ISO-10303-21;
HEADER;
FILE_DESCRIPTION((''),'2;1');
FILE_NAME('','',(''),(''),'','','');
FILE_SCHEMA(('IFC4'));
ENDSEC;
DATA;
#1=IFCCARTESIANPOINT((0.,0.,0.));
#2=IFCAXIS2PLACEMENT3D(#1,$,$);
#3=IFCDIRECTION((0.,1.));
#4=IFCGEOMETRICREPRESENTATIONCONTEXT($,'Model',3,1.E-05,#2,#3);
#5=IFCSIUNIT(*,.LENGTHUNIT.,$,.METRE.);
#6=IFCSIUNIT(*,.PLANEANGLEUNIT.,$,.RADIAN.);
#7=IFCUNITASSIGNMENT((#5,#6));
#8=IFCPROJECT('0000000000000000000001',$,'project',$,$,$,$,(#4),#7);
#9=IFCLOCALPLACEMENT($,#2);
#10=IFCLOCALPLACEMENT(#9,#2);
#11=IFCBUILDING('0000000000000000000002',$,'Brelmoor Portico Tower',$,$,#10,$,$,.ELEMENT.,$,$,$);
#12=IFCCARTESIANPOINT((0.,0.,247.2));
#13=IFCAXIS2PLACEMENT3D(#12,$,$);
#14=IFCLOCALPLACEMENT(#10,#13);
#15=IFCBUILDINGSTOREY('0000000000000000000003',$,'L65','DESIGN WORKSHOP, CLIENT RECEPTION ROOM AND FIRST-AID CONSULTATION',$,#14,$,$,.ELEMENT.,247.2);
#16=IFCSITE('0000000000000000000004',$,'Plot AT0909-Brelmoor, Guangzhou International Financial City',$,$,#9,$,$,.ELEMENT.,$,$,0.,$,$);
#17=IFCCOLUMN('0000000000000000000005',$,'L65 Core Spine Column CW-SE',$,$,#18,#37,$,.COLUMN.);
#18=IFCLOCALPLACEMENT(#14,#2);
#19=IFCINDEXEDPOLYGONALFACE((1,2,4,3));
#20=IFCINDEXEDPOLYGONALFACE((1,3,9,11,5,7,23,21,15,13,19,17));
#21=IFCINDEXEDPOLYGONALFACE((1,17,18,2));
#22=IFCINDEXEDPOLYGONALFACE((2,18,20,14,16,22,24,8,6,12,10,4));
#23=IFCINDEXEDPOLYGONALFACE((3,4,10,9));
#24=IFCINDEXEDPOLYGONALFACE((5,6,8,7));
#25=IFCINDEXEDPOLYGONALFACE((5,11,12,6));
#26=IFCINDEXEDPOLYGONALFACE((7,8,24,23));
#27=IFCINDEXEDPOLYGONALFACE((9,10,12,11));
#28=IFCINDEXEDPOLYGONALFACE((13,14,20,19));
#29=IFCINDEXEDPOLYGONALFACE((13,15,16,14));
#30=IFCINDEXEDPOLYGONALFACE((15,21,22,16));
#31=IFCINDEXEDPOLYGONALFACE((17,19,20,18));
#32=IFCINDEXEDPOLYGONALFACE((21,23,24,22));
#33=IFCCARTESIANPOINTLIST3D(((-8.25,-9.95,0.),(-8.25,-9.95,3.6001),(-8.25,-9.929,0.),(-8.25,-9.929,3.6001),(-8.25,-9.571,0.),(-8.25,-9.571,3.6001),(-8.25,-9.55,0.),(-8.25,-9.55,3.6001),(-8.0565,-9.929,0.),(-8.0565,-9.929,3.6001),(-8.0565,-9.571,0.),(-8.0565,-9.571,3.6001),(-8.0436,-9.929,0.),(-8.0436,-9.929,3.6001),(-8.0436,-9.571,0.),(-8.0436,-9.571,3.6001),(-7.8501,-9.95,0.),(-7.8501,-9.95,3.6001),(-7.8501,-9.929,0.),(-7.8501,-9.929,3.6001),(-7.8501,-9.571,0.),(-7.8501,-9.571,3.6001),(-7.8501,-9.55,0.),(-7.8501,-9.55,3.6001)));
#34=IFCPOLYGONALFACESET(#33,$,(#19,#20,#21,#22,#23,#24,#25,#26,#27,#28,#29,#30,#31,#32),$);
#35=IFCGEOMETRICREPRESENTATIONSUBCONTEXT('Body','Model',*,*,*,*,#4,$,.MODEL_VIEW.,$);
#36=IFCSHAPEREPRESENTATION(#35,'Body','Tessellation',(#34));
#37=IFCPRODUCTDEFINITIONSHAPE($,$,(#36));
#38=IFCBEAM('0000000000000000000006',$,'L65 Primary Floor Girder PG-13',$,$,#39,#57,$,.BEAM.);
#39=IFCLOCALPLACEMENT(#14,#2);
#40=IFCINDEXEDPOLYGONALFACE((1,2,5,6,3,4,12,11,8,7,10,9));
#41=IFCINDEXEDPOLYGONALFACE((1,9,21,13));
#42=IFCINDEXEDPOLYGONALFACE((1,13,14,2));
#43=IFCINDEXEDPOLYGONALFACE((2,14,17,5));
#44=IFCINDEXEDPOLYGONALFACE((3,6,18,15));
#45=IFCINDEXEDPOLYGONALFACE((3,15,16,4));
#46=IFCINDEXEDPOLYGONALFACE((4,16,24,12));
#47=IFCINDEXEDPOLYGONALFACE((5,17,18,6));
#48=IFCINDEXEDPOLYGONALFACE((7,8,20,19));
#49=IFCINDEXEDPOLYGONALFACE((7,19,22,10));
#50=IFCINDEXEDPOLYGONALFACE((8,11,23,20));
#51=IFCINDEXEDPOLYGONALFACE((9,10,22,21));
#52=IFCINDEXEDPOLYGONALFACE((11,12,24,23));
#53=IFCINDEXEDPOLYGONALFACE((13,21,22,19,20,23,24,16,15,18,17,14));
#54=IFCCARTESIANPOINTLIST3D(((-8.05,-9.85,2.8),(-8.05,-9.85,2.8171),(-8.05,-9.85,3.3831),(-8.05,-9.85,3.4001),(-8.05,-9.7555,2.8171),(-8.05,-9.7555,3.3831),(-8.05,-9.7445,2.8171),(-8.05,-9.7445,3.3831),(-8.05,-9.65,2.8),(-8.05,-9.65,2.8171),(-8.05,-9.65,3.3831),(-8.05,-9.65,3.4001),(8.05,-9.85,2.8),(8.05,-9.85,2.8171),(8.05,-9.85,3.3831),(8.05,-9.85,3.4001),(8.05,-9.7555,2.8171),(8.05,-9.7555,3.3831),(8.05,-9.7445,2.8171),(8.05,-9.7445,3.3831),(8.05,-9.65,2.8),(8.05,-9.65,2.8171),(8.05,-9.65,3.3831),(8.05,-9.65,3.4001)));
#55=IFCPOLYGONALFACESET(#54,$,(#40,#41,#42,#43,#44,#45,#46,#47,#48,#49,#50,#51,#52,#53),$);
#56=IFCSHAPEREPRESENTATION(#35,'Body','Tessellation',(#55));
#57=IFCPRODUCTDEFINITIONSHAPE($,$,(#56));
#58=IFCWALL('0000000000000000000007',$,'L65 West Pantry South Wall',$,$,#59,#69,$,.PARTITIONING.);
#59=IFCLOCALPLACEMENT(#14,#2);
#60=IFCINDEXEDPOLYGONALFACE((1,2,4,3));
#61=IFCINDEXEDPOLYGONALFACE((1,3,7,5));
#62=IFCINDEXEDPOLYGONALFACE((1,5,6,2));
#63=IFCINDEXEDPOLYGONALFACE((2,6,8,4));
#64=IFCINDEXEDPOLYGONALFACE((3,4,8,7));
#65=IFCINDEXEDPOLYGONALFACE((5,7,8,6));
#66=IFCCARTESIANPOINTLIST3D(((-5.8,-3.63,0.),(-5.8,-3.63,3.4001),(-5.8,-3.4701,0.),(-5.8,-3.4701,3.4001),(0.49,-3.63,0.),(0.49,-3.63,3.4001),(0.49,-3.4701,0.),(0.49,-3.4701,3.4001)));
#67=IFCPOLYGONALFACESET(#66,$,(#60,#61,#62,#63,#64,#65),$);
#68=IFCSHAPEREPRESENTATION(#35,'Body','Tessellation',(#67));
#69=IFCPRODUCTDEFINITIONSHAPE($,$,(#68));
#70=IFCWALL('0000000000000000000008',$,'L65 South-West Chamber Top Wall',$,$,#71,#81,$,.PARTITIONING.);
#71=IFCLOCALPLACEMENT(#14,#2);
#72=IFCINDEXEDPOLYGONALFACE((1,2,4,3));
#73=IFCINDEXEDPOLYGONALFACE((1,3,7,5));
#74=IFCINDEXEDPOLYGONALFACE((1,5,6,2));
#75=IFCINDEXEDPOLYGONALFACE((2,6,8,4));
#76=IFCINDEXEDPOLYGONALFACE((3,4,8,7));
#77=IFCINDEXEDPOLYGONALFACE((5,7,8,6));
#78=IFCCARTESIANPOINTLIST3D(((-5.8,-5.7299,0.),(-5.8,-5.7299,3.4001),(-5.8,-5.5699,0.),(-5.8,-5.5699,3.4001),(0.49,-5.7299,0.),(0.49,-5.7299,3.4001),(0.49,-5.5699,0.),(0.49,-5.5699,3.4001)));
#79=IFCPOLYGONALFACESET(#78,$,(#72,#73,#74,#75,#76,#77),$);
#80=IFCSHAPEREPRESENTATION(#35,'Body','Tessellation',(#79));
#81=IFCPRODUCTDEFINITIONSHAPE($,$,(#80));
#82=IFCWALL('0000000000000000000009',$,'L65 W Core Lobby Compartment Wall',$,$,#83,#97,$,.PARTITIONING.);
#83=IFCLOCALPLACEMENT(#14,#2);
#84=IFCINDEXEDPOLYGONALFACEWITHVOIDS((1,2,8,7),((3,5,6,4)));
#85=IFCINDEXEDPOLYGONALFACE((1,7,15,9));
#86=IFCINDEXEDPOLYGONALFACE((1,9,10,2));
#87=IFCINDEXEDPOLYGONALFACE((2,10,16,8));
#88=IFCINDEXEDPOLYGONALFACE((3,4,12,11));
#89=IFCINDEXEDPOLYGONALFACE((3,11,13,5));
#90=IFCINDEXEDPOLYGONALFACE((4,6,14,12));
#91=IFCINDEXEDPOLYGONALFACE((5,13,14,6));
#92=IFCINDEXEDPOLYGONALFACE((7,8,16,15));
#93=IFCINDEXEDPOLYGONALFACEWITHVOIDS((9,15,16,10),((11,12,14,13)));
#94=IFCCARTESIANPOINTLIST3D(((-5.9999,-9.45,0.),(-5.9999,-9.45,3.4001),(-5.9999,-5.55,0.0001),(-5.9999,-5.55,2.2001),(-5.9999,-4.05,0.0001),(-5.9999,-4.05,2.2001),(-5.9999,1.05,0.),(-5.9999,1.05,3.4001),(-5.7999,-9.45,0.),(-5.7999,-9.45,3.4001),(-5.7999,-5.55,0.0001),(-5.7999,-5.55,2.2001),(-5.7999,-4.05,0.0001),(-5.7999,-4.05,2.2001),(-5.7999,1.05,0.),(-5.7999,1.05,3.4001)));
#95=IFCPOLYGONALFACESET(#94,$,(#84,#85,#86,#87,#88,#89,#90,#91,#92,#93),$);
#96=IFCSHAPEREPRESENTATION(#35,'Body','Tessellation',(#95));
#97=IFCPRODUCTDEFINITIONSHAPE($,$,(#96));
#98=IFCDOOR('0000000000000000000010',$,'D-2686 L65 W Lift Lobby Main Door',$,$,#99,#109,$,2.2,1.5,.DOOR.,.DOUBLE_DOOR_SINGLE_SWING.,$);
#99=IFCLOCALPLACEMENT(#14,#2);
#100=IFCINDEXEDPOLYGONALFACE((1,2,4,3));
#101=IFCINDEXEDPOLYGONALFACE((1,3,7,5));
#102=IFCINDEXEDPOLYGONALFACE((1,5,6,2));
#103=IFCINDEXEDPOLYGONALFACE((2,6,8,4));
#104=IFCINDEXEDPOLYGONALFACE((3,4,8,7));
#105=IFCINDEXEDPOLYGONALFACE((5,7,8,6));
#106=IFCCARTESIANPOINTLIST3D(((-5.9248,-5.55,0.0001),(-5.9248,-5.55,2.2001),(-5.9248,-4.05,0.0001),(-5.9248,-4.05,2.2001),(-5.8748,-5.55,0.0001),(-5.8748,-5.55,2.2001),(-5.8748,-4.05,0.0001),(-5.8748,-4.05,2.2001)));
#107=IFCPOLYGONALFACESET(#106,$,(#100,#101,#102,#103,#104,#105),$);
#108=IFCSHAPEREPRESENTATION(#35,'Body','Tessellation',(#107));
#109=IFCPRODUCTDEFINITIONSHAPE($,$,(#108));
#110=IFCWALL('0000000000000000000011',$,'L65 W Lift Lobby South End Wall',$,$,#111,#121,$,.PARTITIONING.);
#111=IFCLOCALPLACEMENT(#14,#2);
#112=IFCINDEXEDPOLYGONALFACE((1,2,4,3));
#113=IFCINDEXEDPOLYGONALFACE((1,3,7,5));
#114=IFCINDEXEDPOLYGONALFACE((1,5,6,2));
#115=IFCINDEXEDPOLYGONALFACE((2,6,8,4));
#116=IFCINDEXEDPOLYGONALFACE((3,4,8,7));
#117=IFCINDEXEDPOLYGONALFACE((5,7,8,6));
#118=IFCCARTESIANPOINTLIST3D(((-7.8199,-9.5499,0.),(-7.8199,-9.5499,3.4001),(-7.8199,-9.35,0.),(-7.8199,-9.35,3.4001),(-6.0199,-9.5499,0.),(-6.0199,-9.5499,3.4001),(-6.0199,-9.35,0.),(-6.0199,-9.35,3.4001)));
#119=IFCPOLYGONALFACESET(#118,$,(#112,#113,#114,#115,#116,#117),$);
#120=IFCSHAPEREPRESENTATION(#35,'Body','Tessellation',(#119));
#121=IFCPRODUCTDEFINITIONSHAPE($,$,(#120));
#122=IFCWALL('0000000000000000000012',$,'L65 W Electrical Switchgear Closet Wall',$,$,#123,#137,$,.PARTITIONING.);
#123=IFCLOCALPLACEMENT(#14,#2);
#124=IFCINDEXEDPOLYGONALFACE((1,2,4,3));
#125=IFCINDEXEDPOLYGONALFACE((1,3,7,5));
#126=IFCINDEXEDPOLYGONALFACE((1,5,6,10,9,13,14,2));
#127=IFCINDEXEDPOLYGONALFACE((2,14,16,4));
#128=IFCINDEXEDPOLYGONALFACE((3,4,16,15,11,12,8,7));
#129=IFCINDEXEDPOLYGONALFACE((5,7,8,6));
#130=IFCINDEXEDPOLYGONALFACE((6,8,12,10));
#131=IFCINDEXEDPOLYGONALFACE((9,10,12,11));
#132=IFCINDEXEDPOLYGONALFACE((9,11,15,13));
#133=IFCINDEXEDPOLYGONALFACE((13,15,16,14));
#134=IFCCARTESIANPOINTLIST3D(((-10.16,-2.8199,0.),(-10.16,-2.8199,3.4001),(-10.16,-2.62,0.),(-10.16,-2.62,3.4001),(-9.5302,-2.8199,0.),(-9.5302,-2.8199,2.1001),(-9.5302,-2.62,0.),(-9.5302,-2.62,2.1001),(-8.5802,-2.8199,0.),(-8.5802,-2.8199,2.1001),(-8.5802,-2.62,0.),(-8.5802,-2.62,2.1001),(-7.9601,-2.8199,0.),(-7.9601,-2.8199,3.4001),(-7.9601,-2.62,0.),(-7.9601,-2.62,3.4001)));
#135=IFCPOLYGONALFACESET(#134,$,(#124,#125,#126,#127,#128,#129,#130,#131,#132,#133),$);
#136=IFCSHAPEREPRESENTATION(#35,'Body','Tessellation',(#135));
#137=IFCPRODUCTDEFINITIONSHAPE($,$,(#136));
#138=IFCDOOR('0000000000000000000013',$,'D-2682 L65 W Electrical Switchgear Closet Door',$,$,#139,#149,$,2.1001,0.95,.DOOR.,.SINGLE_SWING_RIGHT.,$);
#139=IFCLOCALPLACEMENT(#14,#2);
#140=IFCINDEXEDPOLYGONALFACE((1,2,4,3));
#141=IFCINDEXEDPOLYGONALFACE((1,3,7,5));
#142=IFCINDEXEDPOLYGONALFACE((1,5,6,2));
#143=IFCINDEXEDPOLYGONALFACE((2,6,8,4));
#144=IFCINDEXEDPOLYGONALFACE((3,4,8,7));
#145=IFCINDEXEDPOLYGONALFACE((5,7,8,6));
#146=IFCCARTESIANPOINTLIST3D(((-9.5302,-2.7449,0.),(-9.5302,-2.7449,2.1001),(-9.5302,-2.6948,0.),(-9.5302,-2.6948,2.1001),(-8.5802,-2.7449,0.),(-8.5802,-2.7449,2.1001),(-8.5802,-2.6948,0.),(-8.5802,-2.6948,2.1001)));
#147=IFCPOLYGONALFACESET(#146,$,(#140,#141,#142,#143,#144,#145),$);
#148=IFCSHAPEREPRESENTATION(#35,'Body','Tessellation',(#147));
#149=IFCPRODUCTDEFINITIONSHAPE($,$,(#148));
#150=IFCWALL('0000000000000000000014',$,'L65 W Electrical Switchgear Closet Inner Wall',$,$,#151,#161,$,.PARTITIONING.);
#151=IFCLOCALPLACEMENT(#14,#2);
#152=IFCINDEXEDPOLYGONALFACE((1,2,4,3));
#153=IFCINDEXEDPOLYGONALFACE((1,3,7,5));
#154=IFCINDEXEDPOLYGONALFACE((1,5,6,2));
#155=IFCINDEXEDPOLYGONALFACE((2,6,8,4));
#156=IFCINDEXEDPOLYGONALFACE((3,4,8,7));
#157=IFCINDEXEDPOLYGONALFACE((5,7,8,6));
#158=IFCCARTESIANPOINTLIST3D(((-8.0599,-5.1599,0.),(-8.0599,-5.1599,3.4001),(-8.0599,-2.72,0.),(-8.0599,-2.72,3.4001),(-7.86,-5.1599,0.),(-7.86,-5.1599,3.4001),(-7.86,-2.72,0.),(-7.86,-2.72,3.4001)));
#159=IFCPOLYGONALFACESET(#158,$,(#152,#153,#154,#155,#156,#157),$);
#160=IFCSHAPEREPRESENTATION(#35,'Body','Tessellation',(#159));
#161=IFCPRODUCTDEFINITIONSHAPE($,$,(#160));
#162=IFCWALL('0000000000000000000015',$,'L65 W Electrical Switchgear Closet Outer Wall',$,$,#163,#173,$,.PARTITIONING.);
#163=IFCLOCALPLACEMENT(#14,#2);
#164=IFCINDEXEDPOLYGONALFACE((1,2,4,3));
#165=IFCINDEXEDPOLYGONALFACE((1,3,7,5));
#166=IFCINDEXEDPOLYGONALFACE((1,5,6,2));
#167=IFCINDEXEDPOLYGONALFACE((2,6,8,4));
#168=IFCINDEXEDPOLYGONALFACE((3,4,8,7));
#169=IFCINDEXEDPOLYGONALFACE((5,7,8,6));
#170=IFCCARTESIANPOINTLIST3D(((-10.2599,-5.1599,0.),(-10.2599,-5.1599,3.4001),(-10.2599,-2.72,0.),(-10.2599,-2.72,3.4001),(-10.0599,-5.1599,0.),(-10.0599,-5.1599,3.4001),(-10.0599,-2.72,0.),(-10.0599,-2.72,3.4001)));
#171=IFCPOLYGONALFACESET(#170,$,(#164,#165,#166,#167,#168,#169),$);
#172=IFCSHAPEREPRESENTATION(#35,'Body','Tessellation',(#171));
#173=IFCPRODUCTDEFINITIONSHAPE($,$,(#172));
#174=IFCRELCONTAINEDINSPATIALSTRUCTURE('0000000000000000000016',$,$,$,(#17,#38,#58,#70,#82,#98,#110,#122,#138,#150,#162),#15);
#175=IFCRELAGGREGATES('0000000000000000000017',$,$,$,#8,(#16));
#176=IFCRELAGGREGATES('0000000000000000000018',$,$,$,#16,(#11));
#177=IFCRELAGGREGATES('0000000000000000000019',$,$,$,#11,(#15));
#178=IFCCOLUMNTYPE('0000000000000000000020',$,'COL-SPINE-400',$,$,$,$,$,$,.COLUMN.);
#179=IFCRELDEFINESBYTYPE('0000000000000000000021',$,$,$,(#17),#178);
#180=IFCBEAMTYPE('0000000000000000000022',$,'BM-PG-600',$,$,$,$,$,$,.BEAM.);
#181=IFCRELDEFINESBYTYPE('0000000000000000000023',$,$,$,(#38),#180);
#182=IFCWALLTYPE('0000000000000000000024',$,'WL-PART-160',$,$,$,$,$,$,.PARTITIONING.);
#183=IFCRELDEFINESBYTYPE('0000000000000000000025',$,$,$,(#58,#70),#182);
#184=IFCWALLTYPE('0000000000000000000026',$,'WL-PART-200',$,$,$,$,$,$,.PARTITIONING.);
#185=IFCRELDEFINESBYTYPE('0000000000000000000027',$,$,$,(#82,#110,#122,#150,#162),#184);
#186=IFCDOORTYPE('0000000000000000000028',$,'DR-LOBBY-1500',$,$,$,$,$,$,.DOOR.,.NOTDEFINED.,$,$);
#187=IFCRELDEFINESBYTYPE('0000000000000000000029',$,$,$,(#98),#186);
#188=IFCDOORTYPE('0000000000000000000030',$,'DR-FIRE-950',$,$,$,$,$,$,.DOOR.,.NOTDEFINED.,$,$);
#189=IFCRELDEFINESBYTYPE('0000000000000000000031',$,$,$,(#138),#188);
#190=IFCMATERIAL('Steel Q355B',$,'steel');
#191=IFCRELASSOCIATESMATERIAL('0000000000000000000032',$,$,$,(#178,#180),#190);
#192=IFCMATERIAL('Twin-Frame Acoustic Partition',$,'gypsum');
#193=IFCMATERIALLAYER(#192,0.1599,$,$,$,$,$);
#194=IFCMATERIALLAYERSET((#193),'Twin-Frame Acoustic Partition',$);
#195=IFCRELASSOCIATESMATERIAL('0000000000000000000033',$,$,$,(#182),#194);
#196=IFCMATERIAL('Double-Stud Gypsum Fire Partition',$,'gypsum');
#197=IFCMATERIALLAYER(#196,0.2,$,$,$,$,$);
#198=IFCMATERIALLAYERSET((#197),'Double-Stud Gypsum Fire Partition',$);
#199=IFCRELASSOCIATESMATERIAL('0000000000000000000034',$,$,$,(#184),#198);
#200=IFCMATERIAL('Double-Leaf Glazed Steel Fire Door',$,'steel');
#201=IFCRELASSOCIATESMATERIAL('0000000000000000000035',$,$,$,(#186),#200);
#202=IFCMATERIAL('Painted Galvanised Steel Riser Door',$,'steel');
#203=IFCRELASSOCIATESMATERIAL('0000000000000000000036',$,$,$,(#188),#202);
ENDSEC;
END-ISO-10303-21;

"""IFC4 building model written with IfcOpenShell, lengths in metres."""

from ifc_helpers import new_model, si_unit, direction, frame, frame_2d, origin, origin_2d, place, context, subcontext, project, spatial, rectangle, i_section, extrude, material, layer, layer_set, material_profile, profile_set, type_object, element, fill, save


model = new_model("IFC4")

# Units and contexts
model_context = context("Model", 3, precision=1e-05, world=origin(), true_north=direction((0.0, 1.0)))
body_context = subcontext(model_context, "Body", "Model", "MODEL_VIEW")
ifc_project = project(units=[si_unit("LENGTHUNIT", "METRE"), si_unit("PLANEANGLEUNIT", "RADIAN")], contexts=[model_context])

# Site, building, storey
site_placement = place(None, origin())
site = spatial("IfcSite", under=ifc_project, at=site_placement, Name="Plot AT0909-Brelmoor, Guangzhou International Financial City", CompositionType="ELEMENT", RefElevation=0.0)
building_placement = place(site_placement, origin())
building = spatial("IfcBuilding", under=site, at=building_placement, Name="Brelmoor Portico Tower", CompositionType="ELEMENT")
storey_placement = place(building_placement, frame((0.0, 0.0, 247.2)))
storey = spatial("IfcBuildingStorey", under=building, at=storey_placement, Name="L65", Description="DESIGN WORKSHOP, CLIENT RECEPTION ROOM AND FIRST-AID CONSULTATION", CompositionType="ELEMENT", Elevation=247.2)

# Column
ifc_material_1 = material(Name="Steel Q355B", Category="steel")
ifc_material_profile_1 = material_profile(ifc_material_1, i_section(OverallWidth=0.3999, OverallDepth=0.3999, WebThickness=0.0129, FlangeThickness=0.021, at=origin_2d()), Name="HW 400x400x13x21")
ifc_profile_set_1 = profile_set([ifc_material_profile_1], Name="Steel Q355B")
column_type = type_object("IfcColumnType", Name="COL-SPINE-400", PredefinedType="COLUMN", material=ifc_profile_set_1)
column_placement = place(storey_placement, frame((-8.05, -9.75, 0.0), z_axis=(0.0, 0.0, 1.0), x_axis=(1.0, 0.0, 0.0)))
element("IfcColumn", 1, at=column_placement, inside=storey, type_object=column_type, Name="L65 Core Spine Column CW-SE", PredefinedType="COLUMN", context=body_context, shape_type="SweptSolid", body=[
    extrude(i_section(OverallWidth=0.3999, OverallDepth=0.3999, WebThickness=0.0129, FlangeThickness=0.021, at=origin_2d()), origin(), (0.0, 0.0, 1.0), 3.6001),
])

# Beam
ifc_material_profile_2 = material_profile(ifc_material_1, i_section(OverallWidth=0.2, OverallDepth=0.6001, WebThickness=0.011, FlangeThickness=0.0171, at=origin_2d()), Name="HN 600x200x11x17")
ifc_profile_set_2 = profile_set([ifc_material_profile_2], Name="Steel Q355B")
beam_type = type_object("IfcBeamType", Name="BM-PG-600", PredefinedType="BEAM", material=ifc_profile_set_2)
beam_placement = place(storey_placement, frame((-8.05, -9.75, 3.1001), z_axis=(1.0, 0.0, 0.0), x_axis=(0.0, 1.0, 0.0)))
element("IfcBeam", 2, at=beam_placement, inside=storey, type_object=beam_type, Name="L65 Primary Floor Girder PG-13", PredefinedType="BEAM", context=body_context, shape_type="SweptSolid", body=[
    extrude(i_section(OverallWidth=0.2, OverallDepth=0.6001, WebThickness=0.011, FlangeThickness=0.0171, at=origin_2d()), origin(), (0.0, 0.0, 1.0), 16.1001),
])

# Shared definitions
ifc_material_2 = material(Name="Twin-Frame Acoustic Partition", Category="gypsum")
ifc_layer_1 = layer(ifc_material_2, 0.1599)
ifc_layer_set_1 = layer_set([ifc_layer_1], Name="Twin-Frame Acoustic Partition")
wall_type_1 = type_object("IfcWallType", Name="WL-PART-160", PredefinedType="PARTITIONING", material=ifc_layer_set_1)

# Walls
for number, where, z_axis, x_axis, name in (
    (3, (-5.8, -3.55, 0.0), (0.0, 0.0, 1.0), (1.0, 0.0, 0.0), "L65 West Pantry South Wall"),
    (4, (-5.8, -5.6499, 0.0), (0.0, 0.0, 1.0), (1.0, 0.0, 0.0), "L65 South-West Chamber Top Wall"),
):
    element("IfcWall", number, at=place(storey_placement, frame(where, z_axis=z_axis, x_axis=x_axis)), inside=storey, type_object=wall_type_1, Name=name, PredefinedType="PARTITIONING", context=body_context, shape_type="SweptSolid", body=[
        extrude(rectangle(XDim=6.29, YDim=0.1599, at=frame_2d((3.145, 0.0))), origin(), (0.0, 0.0, 1.0), 3.4001),
    ])

# Wall, opening, door
ifc_material_3 = material(Name="Double-Stud Gypsum Fire Partition", Category="gypsum")
ifc_layer_2 = layer(ifc_material_3, 0.2)
ifc_layer_set_2 = layer_set([ifc_layer_2], Name="Double-Stud Gypsum Fire Partition")
wall_type_2 = type_object("IfcWallType", Name="WL-PART-200", PredefinedType="PARTITIONING", material=ifc_layer_set_2)
wall_1_placement = place(storey_placement, frame((-5.8999, -9.45, 0.0), z_axis=(0.0, 0.0, 1.0), x_axis=(0.0, 1.0, 0.0)))
wall_1 = element("IfcWall", 5, at=wall_1_placement, inside=storey, type_object=wall_type_2, Name="L65 W Core Lobby Compartment Wall", PredefinedType="PARTITIONING", context=body_context, shape_type="SweptSolid", body=[
    extrude(rectangle(XDim=10.5, YDim=0.2, at=frame_2d((5.25, 0.0))), origin(), (0.0, 0.0, 1.0), 3.4001),
])
opening_1_placement = place(wall_1_placement, frame((3.8999, 0.0, 0.0)))
opening_1 = element("IfcOpeningElement", 6, at=opening_1_placement, cuts=wall_1, PredefinedType="OPENING", context=body_context, shape_type="SweptSolid", body=[
    extrude(rectangle(XDim=1.5, YDim=2.2, at=frame_2d((0.75, 1.1001))), frame((0.0, 0.1099, 0.0), z_axis=(0.0, -1.0, 0.0), x_axis=(1.0, 0.0, 0.0)), (0.0, 0.0, 1.0), 0.22),
])
ifc_material_4 = material(Name="Double-Leaf Glazed Steel Fire Door", Category="steel")
door_type_1 = type_object("IfcDoorType", Name="DR-LOBBY-1500", OperationType="NOTDEFINED", PredefinedType="DOOR", material=ifc_material_4)
door_1_placement = place(opening_1_placement, origin())
door_1 = element("IfcDoor", 7, at=door_1_placement, inside=storey, type_object=door_type_1, Name="D-2686 L65 W Lift Lobby Main Door", OperationType="DOUBLE_DOOR_SINGLE_SWING", OverallHeight=2.2, OverallWidth=1.5, PredefinedType="DOOR", context=body_context, shape_type="SweptSolid", body=[
    extrude(rectangle(XDim=1.5, YDim=2.2, at=frame_2d((0.75, 1.1001))), frame((0.0, 0.0249, 0.0), z_axis=(0.0, -1.0, 0.0), x_axis=(1.0, 0.0, 0.0)), (0.0, 0.0, 1.0), 0.05),
])
fill(opening_1, door_1)

# Wall
wall_2_placement = place(storey_placement, frame((-6.02, -9.45, 0.0), z_axis=(0.0, 0.0, 1.0), x_axis=(-1.0, 0.0, 0.0)))
element("IfcWall", 8, at=wall_2_placement, inside=storey, type_object=wall_type_2, Name="L65 W Lift Lobby South End Wall", PredefinedType="PARTITIONING", context=body_context, shape_type="SweptSolid", body=[
    extrude(rectangle(XDim=1.8, YDim=0.2, at=frame_2d((0.8999, 0.0))), origin(), (0.0, 0.0, 1.0), 3.4001),
])

# Wall, opening, door
wall_3_placement = place(storey_placement, frame((-7.96, -2.72, 0.0), z_axis=(0.0, 0.0, 1.0), x_axis=(-1.0, 0.0, 0.0)))
wall_3 = element("IfcWall", 9, at=wall_3_placement, inside=storey, type_object=wall_type_2, Name="L65 W Electrical Switchgear Closet Wall", PredefinedType="PARTITIONING", context=body_context, shape_type="SweptSolid", body=[
    extrude(rectangle(XDim=2.2, YDim=0.2, at=frame_2d((1.1001, 0.0))), origin(), (0.0, 0.0, 1.0), 3.4001),
])
opening_2_placement = place(wall_3_placement, frame((0.6201, 0.0, 0.0)))
opening_2 = element("IfcOpeningElement", 10, at=opening_2_placement, cuts=wall_3, PredefinedType="OPENING", context=body_context, shape_type="SweptSolid", body=[
    extrude(rectangle(XDim=0.95, YDim=2.1001, at=frame_2d((0.4751, 1.05))), frame((0.0, 0.1099, 0.0), z_axis=(0.0, -1.0, 0.0), x_axis=(1.0, 0.0, 0.0)), (0.0, 0.0, 1.0), 0.22),
])
ifc_material_5 = material(Name="Painted Galvanised Steel Riser Door", Category="steel")
door_type_2 = type_object("IfcDoorType", Name="DR-FIRE-950", OperationType="NOTDEFINED", PredefinedType="DOOR", material=ifc_material_5)
door_2_placement = place(opening_2_placement, origin())
door_2 = element("IfcDoor", 11, at=door_2_placement, inside=storey, type_object=door_type_2, Name="D-2682 L65 W Electrical Switchgear Closet Door", OperationType="SINGLE_SWING_RIGHT", OverallHeight=2.1001, OverallWidth=0.95, PredefinedType="DOOR", context=body_context, shape_type="SweptSolid", body=[
    extrude(rectangle(XDim=0.95, YDim=2.1001, at=frame_2d((0.4751, 1.05))), frame((0.0, 0.0249, 0.0), z_axis=(0.0, -1.0, 0.0), x_axis=(1.0, 0.0, 0.0)), (0.0, 0.0, 1.0), 0.05),
])
fill(opening_2, door_2)

# Walls
for number, where, z_axis, x_axis, name in (
    (12, (-7.96, -5.1599, 0.0), (0.0, 0.0, 1.0), (0.0, 1.0, 0.0), "L65 W Electrical Switchgear Closet Inner Wall"),
    (13, (-10.1599, -5.1599, 0.0), (0.0, 0.0, 1.0), (0.0, 1.0, 0.0), "L65 W Electrical Switchgear Closet Outer Wall"),
):
    element("IfcWall", number, at=place(storey_placement, frame(where, z_axis=z_axis, x_axis=x_axis)), inside=storey, type_object=wall_type_2, Name=name, PredefinedType="PARTITIONING", context=body_context, shape_type="SweptSolid", body=[
        extrude(rectangle(XDim=2.4399, YDim=0.2, at=frame_2d((1.22, 0.0))), origin(), (0.0, 0.0, 1.0), 3.4001),
    ])

save(model, "model.ifc")
